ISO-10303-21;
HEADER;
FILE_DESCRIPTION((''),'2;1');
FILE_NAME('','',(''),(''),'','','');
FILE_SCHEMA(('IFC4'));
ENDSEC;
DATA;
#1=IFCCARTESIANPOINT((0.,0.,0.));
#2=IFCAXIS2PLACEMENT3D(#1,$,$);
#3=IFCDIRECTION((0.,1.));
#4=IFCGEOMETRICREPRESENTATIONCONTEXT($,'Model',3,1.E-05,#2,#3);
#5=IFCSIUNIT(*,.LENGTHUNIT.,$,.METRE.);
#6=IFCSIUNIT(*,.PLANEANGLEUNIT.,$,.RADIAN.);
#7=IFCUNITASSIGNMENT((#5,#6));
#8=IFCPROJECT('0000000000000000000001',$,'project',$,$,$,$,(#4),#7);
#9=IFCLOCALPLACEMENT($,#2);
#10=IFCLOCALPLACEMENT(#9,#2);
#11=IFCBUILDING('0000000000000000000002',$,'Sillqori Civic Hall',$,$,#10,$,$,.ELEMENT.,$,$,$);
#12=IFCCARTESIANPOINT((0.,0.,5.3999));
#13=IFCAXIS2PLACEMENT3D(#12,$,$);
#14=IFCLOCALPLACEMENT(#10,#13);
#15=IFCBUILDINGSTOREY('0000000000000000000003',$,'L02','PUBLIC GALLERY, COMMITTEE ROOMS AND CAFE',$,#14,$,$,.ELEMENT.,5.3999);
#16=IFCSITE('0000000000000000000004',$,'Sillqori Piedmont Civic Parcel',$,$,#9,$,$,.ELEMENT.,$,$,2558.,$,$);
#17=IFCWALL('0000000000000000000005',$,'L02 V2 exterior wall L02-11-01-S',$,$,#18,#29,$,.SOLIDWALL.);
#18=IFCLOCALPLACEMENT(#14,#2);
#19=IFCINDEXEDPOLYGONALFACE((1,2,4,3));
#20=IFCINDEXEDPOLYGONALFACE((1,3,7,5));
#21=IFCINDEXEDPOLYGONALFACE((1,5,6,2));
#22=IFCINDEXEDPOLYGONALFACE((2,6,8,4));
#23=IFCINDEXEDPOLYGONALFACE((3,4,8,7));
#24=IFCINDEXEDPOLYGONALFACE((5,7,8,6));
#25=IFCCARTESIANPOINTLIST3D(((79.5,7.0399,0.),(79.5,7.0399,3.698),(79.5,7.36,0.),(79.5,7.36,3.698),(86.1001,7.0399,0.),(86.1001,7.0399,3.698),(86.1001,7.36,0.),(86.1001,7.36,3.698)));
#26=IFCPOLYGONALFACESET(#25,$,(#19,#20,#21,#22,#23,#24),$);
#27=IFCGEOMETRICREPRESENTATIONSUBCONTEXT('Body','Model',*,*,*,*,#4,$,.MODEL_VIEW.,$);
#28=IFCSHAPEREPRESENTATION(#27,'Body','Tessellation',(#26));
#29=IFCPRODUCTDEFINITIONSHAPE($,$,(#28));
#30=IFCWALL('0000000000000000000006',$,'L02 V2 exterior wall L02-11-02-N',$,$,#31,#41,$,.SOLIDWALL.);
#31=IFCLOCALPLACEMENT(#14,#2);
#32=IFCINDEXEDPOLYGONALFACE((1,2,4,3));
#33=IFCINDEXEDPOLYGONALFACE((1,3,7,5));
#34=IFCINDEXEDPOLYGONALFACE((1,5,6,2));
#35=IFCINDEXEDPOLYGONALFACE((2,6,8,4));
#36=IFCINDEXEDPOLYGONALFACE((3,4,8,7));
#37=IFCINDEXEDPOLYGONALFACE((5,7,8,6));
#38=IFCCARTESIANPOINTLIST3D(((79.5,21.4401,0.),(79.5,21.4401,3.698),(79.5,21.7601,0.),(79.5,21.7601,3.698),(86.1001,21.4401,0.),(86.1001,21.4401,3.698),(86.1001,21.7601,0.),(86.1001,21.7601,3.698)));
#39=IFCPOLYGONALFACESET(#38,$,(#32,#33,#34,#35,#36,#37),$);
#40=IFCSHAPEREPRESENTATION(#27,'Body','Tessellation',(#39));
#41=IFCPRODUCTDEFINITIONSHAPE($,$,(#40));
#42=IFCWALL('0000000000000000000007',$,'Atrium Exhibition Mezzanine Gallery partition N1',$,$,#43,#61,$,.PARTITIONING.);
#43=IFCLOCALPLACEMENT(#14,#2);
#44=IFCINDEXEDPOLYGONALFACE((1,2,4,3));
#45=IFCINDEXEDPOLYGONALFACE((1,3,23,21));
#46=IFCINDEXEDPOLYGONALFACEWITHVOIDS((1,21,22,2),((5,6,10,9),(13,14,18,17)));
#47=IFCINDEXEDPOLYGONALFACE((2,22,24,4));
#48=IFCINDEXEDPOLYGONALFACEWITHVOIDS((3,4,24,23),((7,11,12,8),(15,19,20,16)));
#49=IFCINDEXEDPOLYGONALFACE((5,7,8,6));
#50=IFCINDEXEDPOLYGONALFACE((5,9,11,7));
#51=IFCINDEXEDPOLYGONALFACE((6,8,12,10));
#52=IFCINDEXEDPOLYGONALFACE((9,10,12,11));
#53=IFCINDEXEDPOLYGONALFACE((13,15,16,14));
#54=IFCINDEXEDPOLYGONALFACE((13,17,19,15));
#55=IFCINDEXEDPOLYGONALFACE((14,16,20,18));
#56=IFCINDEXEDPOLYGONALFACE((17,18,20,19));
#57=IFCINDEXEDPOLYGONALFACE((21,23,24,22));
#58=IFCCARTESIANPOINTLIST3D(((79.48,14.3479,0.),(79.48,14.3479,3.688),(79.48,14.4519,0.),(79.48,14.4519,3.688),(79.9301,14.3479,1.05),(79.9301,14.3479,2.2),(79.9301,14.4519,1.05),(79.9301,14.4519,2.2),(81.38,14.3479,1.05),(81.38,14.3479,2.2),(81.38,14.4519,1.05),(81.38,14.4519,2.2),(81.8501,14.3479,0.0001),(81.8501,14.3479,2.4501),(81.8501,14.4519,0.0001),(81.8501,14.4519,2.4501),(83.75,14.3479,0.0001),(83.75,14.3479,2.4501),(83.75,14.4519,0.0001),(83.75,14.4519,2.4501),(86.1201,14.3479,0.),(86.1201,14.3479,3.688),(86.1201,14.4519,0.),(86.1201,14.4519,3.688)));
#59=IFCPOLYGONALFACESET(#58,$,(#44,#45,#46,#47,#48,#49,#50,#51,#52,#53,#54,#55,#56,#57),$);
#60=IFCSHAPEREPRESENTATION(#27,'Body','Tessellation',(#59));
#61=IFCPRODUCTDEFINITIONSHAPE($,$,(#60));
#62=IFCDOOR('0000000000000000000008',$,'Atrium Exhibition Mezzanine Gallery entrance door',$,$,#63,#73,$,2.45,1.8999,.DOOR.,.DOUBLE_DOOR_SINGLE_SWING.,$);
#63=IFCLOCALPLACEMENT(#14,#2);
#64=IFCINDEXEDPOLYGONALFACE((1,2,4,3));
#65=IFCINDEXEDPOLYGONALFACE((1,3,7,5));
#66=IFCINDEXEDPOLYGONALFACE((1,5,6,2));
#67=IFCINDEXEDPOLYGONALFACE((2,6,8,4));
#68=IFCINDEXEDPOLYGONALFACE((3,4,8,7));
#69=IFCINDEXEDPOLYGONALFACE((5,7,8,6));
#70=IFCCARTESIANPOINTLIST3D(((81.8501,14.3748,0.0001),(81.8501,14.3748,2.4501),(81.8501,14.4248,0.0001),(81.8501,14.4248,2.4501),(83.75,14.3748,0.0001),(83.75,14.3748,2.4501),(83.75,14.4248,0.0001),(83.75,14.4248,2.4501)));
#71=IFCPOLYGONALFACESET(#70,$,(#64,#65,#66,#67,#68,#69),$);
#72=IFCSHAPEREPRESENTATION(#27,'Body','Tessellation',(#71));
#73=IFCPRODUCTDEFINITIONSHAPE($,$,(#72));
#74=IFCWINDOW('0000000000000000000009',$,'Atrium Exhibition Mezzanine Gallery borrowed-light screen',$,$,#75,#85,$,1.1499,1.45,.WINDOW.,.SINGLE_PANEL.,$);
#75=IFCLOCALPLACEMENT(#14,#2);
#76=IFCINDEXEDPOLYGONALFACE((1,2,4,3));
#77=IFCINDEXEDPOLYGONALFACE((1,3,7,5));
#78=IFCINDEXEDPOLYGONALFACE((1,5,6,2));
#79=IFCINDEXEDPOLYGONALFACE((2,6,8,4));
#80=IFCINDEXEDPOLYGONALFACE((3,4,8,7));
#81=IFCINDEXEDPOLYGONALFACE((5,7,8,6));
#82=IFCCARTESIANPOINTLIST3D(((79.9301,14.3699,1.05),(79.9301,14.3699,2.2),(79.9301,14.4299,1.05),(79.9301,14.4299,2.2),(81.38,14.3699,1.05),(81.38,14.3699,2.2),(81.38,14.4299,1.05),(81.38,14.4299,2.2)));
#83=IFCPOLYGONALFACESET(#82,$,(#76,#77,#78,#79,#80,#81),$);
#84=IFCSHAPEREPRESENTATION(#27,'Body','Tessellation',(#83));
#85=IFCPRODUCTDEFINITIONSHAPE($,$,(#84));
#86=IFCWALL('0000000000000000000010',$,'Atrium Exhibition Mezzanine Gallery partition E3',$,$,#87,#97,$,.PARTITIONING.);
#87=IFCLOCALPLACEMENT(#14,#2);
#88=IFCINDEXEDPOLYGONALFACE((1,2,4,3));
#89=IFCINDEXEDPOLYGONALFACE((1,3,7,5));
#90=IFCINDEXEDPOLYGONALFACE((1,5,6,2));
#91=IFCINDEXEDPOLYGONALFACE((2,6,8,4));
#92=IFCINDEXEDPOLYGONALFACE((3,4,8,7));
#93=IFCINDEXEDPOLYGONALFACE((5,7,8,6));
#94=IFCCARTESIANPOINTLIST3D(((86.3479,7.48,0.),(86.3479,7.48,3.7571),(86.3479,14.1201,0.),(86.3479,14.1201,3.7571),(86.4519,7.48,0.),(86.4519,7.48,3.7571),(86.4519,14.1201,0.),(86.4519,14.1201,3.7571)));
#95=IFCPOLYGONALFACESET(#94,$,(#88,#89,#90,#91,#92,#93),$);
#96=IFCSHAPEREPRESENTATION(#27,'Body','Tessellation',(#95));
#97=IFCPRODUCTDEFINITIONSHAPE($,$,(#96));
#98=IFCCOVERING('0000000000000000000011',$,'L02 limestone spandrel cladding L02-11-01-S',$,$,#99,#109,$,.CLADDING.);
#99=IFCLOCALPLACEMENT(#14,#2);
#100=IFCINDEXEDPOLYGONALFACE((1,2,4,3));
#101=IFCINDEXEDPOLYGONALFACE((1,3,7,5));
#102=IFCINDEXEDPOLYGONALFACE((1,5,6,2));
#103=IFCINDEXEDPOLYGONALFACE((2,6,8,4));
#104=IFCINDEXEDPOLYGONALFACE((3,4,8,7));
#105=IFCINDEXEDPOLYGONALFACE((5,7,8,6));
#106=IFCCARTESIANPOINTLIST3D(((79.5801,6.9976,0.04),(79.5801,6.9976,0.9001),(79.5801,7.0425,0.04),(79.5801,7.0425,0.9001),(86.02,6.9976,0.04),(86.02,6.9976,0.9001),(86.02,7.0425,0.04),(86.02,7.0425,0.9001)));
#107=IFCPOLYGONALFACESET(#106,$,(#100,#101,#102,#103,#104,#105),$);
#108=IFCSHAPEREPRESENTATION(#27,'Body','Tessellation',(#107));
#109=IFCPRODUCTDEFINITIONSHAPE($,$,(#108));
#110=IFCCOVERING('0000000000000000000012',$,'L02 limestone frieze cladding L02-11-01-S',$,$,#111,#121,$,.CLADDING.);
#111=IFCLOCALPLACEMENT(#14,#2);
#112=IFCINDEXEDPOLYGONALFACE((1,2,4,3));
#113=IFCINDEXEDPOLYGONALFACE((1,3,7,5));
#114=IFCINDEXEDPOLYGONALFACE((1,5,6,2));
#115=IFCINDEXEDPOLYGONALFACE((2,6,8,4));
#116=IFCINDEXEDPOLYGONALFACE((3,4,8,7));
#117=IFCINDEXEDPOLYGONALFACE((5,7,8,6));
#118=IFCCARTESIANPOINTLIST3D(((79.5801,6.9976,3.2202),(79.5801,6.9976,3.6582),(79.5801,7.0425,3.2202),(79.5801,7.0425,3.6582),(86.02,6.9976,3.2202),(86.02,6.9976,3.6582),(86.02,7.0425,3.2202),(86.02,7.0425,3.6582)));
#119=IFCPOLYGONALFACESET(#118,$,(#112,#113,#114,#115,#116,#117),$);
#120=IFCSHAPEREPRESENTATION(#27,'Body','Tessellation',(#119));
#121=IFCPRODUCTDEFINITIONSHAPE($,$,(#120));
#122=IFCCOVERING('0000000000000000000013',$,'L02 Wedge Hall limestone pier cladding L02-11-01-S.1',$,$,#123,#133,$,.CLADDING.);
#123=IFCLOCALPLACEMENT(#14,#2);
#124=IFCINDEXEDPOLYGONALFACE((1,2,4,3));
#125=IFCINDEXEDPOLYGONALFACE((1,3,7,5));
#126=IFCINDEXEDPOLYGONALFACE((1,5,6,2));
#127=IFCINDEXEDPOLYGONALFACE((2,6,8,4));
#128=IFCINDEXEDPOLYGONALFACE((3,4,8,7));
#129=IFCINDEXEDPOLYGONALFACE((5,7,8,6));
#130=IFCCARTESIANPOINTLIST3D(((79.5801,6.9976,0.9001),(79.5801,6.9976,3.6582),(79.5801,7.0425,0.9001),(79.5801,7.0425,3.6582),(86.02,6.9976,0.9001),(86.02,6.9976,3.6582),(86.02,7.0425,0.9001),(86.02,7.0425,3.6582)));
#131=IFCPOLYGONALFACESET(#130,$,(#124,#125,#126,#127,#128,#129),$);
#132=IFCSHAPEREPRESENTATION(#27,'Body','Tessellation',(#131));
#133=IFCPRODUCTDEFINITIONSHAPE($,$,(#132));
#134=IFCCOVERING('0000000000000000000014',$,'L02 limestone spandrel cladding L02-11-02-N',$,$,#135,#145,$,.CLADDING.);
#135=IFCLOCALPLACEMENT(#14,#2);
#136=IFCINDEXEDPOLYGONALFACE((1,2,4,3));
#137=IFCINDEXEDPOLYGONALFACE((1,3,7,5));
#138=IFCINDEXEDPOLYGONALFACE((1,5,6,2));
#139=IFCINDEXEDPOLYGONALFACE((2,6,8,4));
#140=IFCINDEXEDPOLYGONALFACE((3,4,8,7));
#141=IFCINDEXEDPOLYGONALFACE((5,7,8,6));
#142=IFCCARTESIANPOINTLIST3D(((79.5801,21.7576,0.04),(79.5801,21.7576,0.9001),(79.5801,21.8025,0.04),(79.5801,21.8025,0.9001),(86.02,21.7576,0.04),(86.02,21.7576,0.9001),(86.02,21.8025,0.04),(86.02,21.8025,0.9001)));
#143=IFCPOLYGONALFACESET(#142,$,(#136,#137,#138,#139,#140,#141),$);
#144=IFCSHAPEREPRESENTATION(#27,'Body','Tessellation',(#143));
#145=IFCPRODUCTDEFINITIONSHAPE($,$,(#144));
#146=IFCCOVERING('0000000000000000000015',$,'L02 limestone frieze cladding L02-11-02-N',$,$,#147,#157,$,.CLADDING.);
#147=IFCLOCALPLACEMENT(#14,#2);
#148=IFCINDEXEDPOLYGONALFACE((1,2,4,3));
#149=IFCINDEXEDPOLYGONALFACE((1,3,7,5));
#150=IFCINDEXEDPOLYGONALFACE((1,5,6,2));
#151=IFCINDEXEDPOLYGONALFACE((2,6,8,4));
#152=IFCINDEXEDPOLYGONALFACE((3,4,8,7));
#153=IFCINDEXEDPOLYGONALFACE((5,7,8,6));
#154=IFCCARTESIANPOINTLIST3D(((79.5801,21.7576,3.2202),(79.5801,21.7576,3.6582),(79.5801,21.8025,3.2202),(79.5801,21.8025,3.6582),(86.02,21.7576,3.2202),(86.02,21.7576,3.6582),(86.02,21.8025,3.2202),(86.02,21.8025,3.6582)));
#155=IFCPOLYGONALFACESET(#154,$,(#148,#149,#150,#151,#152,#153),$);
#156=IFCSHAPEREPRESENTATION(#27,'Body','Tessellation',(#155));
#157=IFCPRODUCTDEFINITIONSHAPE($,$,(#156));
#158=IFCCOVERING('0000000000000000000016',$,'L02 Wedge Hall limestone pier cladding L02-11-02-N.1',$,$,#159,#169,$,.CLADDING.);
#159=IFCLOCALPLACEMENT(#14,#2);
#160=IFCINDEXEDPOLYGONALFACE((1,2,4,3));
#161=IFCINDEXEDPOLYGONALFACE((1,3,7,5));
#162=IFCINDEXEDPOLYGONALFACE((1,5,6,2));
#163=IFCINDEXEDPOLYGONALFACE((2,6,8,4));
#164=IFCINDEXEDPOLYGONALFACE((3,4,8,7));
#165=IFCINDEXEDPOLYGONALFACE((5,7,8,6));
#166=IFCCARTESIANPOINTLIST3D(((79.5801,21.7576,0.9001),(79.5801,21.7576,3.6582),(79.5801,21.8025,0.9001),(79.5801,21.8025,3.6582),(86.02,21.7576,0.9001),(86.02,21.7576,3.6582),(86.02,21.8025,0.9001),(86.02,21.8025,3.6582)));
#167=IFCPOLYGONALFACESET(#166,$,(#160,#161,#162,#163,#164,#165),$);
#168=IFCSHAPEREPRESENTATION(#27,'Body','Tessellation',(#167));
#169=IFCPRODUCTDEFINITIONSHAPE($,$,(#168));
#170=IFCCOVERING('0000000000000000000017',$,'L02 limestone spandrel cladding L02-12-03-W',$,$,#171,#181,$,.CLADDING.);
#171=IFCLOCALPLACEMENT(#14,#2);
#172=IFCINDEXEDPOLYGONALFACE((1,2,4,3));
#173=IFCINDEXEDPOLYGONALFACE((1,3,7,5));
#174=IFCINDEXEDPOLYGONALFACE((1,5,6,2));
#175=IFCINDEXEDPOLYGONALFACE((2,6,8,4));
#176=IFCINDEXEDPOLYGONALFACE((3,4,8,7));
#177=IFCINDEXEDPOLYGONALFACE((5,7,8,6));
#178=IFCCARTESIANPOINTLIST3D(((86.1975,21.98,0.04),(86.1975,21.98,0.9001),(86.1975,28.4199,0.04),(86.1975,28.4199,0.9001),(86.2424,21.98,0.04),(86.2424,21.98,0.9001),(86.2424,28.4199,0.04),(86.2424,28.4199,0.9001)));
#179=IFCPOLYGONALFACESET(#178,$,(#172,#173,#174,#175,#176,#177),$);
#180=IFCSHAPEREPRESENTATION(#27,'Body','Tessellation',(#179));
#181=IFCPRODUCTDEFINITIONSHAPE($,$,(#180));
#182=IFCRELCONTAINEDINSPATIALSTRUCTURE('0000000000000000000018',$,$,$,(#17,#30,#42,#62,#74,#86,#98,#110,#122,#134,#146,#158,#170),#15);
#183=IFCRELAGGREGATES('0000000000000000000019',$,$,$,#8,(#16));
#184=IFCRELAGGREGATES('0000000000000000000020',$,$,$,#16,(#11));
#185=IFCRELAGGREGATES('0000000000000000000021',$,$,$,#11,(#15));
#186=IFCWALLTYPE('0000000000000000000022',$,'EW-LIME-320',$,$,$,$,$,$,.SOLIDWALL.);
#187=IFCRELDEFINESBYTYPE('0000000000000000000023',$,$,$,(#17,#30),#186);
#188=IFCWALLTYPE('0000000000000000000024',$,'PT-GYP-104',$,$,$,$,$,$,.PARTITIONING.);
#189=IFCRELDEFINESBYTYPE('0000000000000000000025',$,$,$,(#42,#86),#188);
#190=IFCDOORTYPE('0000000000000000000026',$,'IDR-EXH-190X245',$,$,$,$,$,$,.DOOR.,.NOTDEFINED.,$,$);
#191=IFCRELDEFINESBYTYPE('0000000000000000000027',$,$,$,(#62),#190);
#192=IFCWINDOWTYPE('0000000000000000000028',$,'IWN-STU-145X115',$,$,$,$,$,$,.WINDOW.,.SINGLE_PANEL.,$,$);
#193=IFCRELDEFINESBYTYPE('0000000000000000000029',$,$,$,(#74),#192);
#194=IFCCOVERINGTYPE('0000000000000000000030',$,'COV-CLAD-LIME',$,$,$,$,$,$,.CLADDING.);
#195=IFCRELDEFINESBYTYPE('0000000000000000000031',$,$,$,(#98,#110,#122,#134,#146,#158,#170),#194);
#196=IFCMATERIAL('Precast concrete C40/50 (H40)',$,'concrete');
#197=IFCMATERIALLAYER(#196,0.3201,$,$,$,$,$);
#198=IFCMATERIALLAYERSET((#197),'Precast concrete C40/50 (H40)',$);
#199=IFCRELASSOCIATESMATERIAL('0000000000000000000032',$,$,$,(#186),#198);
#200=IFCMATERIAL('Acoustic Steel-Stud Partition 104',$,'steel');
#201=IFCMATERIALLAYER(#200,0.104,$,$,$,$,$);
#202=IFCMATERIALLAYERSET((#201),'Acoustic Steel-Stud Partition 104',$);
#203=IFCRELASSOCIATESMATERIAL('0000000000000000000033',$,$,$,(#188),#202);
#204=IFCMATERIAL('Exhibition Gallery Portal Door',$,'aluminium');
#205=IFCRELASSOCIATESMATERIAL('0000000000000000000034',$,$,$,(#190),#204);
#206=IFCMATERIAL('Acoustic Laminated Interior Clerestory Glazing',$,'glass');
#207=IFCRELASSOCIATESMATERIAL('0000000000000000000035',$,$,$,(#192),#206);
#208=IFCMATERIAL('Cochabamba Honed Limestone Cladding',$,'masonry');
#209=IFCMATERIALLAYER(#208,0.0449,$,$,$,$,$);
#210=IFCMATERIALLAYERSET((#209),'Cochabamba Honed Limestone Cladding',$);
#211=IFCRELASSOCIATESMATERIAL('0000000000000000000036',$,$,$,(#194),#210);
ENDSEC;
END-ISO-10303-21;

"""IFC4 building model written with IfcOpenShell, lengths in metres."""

from ifc_helpers import new_model, si_unit, direction, frame, frame_2d, origin, place, context, subcontext, project, spatial, rectangle, extrude, material, layer, layer_set, type_object, element, fill, save


model = new_model("IFC4")

# Units and contexts
model_context = context("Model", 3, precision=1e-05, world=origin(), true_north=direction((0.0, 1.0)))
body_context = subcontext(model_context, "Body", "Model", "MODEL_VIEW")
ifc_project = project(units=[si_unit("LENGTHUNIT", "METRE"), si_unit("PLANEANGLEUNIT", "RADIAN")], contexts=[model_context])

# Site, building, storey
site_placement = place(None, origin())
site = spatial("IfcSite", under=ifc_project, at=site_placement, Name="Sillqori Piedmont Civic Parcel", CompositionType="ELEMENT", RefElevation=2558.0)
building_placement = place(site_placement, origin())
building = spatial("IfcBuilding", under=site, at=building_placement, Name="Sillqori Civic Hall", CompositionType="ELEMENT")
storey_placement = place(building_placement, frame((0.0, 0.0, 5.3999)))
storey = spatial("IfcBuildingStorey", under=building, at=storey_placement, Name="L02", Description="PUBLIC GALLERY, COMMITTEE ROOMS AND CAFE", CompositionType="ELEMENT", Elevation=5.3999)

# Shared definitions
ifc_material_1 = material(Name="Precast concrete C40/50 (H40)", Category="concrete")

# Walls
ifc_layer_1 = layer(ifc_material_1, 0.3201)
ifc_layer_set_1 = layer_set([ifc_layer_1], Name="Precast concrete C40/50 (H40)")
wall_type_1 = type_object("IfcWallType", Name="EW-LIME-320", PredefinedType="SOLIDWALL", material=ifc_layer_set_1)
for number, where, z_axis, x_axis, name in (
    (1, (86.1001, 7.2, 0.0), (0.0, 0.0, 1.0), (-1.0, 0.0, 0.0), "L02 V2 exterior wall L02-11-01-S"),
    (2, (79.5, 21.6001, 0.0), (0.0, 0.0, 1.0), (1.0, 0.0, 0.0), "L02 V2 exterior wall L02-11-02-N"),
):
    element("IfcWall", number, at=place(storey_placement, frame(where, z_axis=z_axis, x_axis=x_axis)), inside=storey, type_object=wall_type_1, Name=name, PredefinedType="SOLIDWALL", context=body_context, shape_type="SweptSolid", body=[
        extrude(rectangle(XDim=6.6001, YDim=0.3201, at=frame_2d((3.3, 0.0))), origin(), (0.0, 0.0, 1.0), 3.698),
    ])

# Wall, openings, door, window
ifc_material_2 = material(Name="Acoustic Steel-Stud Partition 104", Category="steel")
ifc_layer_2 = layer(ifc_material_2, 0.104)
ifc_layer_set_2 = layer_set([ifc_layer_2], Name="Acoustic Steel-Stud Partition 104")
wall_type_2 = type_object("IfcWallType", Name="PT-GYP-104", PredefinedType="PARTITIONING", material=ifc_layer_set_2)
wall_1_placement = place(storey_placement, frame((79.48, 14.3999, 0.0), z_axis=(0.0, 0.0, 1.0), x_axis=(1.0, 0.0, 0.0)))
wall_1 = element("IfcWall", 3, at=wall_1_placement, inside=storey, type_object=wall_type_2, Name="Atrium Exhibition Mezzanine Gallery partition N1", PredefinedType="PARTITIONING", context=body_context, shape_type="SweptSolid", body=[
    extrude(rectangle(XDim=6.6401, YDim=0.104, at=frame_2d((3.3201, 0.0))), origin(), (0.0, 0.0, 1.0), 3.688),
])
opening_1_placement = place(wall_1_placement, frame((2.3701, 0.0, 0.0)))
opening_1 = element("IfcOpeningElement", 4, at=opening_1_placement, cuts=wall_1, PredefinedType="OPENING", context=body_context, shape_type="SweptSolid", body=[
    extrude(rectangle(XDim=1.8999, YDim=2.45, at=frame_2d((0.95, 1.2251))), frame((0.0, 0.062, 0.0), z_axis=(0.0, -1.0, 0.0), x_axis=(1.0, 0.0, 0.0)), (0.0, 0.0, 1.0), 0.124),
])
opening_2_placement = place(wall_1_placement, frame((0.45, 0.0, 1.05)))
opening_2 = element("IfcOpeningElement", 5, at=opening_2_placement, cuts=wall_1, PredefinedType="OPENING", context=body_context, shape_type="SweptSolid", body=[
    extrude(rectangle(XDim=1.45, YDim=1.1499, at=frame_2d((0.7251, 0.575))), frame((0.0, 0.062, 0.0), z_axis=(0.0, -1.0, 0.0), x_axis=(1.0, 0.0, 0.0)), (0.0, 0.0, 1.0), 0.124),
])
ifc_material_3 = material(Name="Exhibition Gallery Portal Door", Category="aluminium")
door_type = type_object("IfcDoorType", Name="IDR-EXH-190X245", OperationType="NOTDEFINED", PredefinedType="DOOR", material=ifc_material_3)
door_placement = place(opening_1_placement, origin())
door = element("IfcDoor", 6, at=door_placement, inside=storey, type_object=door_type, Name="Atrium Exhibition Mezzanine Gallery entrance door", OperationType="DOUBLE_DOOR_SINGLE_SWING", OverallHeight=2.45, OverallWidth=1.8999, PredefinedType="DOOR", context=body_context, shape_type="SweptSolid", body=[
    extrude(rectangle(XDim=1.8999, YDim=2.45, at=frame_2d((0.95, 1.2251))), frame((0.0, 0.0249, 0.0), z_axis=(0.0, -1.0, 0.0), x_axis=(1.0, 0.0, 0.0)), (0.0, 0.0, 1.0), 0.05),
])
fill(opening_1, door)
ifc_material_4 = material(Name="Acoustic Laminated Interior Clerestory Glazing", Category="glass")
window_type = type_object("IfcWindowType", Name="IWN-STU-145X115", PartitioningType="SINGLE_PANEL", PredefinedType="WINDOW", material=ifc_material_4)
window_placement = place(opening_2_placement, origin())
window = element("IfcWindow", 7, at=window_placement, inside=storey, type_object=window_type, Name="Atrium Exhibition Mezzanine Gallery borrowed-light screen", OverallHeight=1.1499, OverallWidth=1.45, PartitioningType="SINGLE_PANEL", PredefinedType="WINDOW", context=body_context, shape_type="SweptSolid", body=[
    extrude(rectangle(XDim=1.45, YDim=1.1499, at=frame_2d((0.7251, 0.575))), frame((0.0, 0.03, 0.0), z_axis=(0.0, -1.0, 0.0), x_axis=(1.0, 0.0, 0.0)), (0.0, 0.0, 1.0), 0.0601),
])
fill(opening_2, window)

# Wall
wall_2_placement = place(storey_placement, frame((86.3999, 14.1201, 0.0), z_axis=(0.0, 0.0, 1.0), x_axis=(0.0, -1.0, 0.0)))
element("IfcWall", 8, at=wall_2_placement, inside=storey, type_object=wall_type_2, Name="Atrium Exhibition Mezzanine Gallery partition E3", PredefinedType="PARTITIONING", context=body_context, shape_type="SweptSolid", body=[
    extrude(rectangle(XDim=6.6401, YDim=0.104, at=frame_2d((3.3201, 0.0))), origin(), (0.0, 0.0, 1.0), 3.7571),
])

# Coverings
ifc_material_5 = material(Name="Cochabamba Honed Limestone Cladding", Category="masonry")
ifc_layer_3 = layer(ifc_material_5, 0.0449)
ifc_layer_set_3 = layer_set([ifc_layer_3], Name="Cochabamba Honed Limestone Cladding")
covering_type = type_object("IfcCoveringType", Name="COV-CLAD-LIME", PredefinedType="CLADDING", material=ifc_layer_set_3)
covering_1_placement = place(storey_placement, frame((86.02, 7.02, 0.04), z_axis=(0.0, 0.0, 1.0), x_axis=(-1.0, 0.0, 0.0)))
element("IfcCovering", 9, at=covering_1_placement, inside=storey, type_object=covering_type, Name="L02 limestone spandrel cladding L02-11-01-S", PredefinedType="CLADDING", context=body_context, shape_type="SweptSolid", body=[
    extrude(rectangle(XDim=6.4399, YDim=0.0449, at=frame_2d((3.22, 0.0))), origin(), (0.0, 0.0, 1.0), 0.8601),
])
covering_2_placement = place(storey_placement, frame((86.02, 7.02, 3.2202), z_axis=(0.0, 0.0, 1.0), x_axis=(-1.0, 0.0, 0.0)))
element("IfcCovering", 10, at=covering_2_placement, inside=storey, type_object=covering_type, Name="L02 limestone frieze cladding L02-11-01-S", PredefinedType="CLADDING", context=body_context, shape_type="SweptSolid", body=[
    extrude(rectangle(XDim=6.4399, YDim=0.0449, at=frame_2d((3.22, 0.0))), origin(), (0.0, 0.0, 1.0), 0.438),
])
covering_3_placement = place(storey_placement, frame((86.02, 7.02, 0.9001), z_axis=(0.0, 0.0, 1.0), x_axis=(-1.0, 0.0, 0.0)))
element("IfcCovering", 11, at=covering_3_placement, inside=storey, type_object=covering_type, Name="L02 Wedge Hall limestone pier cladding L02-11-01-S.1", PredefinedType="CLADDING", context=body_context, shape_type="SweptSolid", body=[
    extrude(rectangle(XDim=6.4399, YDim=0.0449, at=frame_2d((3.22, 0.0))), origin(), (0.0, 0.0, 1.0), 2.7581),
])
covering_4_placement = place(storey_placement, frame((79.5801, 21.78, 0.04), z_axis=(0.0, 0.0, 1.0), x_axis=(1.0, 0.0, 0.0)))
element("IfcCovering", 12, at=covering_4_placement, inside=storey, type_object=covering_type, Name="L02 limestone spandrel cladding L02-11-02-N", PredefinedType="CLADDING", context=body_context, shape_type="SweptSolid", body=[
    extrude(rectangle(XDim=6.4399, YDim=0.0449, at=frame_2d((3.22, 0.0))), origin(), (0.0, 0.0, 1.0), 0.8601),
])
covering_5_placement = place(storey_placement, frame((79.5801, 21.78, 3.2202), z_axis=(0.0, 0.0, 1.0), x_axis=(1.0, 0.0, 0.0)))
element("IfcCovering", 13, at=covering_5_placement, inside=storey, type_object=covering_type, Name="L02 limestone frieze cladding L02-11-02-N", PredefinedType="CLADDING", context=body_context, shape_type="SweptSolid", body=[
    extrude(rectangle(XDim=6.4399, YDim=0.0449, at=frame_2d((3.22, 0.0))), origin(), (0.0, 0.0, 1.0), 0.438),
])
covering_6_placement = place(storey_placement, frame((79.5801, 21.78, 0.9001), z_axis=(0.0, 0.0, 1.0), x_axis=(1.0, 0.0, 0.0)))
element("IfcCovering", 14, at=covering_6_placement, inside=storey, type_object=covering_type, Name="L02 Wedge Hall limestone pier cladding L02-11-02-N.1", PredefinedType="CLADDING", context=body_context, shape_type="SweptSolid", body=[
    extrude(rectangle(XDim=6.4399, YDim=0.0449, at=frame_2d((3.22, 0.0))), origin(), (0.0, 0.0, 1.0), 2.7581),
])
covering_7_placement = place(storey_placement, frame((86.22, 21.98, 0.04), z_axis=(0.0, 0.0, 1.0), x_axis=(0.0, 1.0, 0.0)))
element("IfcCovering", 15, at=covering_7_placement, inside=storey, type_object=covering_type, Name="L02 limestone spandrel cladding L02-12-03-W", PredefinedType="CLADDING", context=body_context, shape_type="SweptSolid", body=[
    extrude(rectangle(XDim=6.4399, YDim=0.0449, at=frame_2d((3.22, 0.0))), origin(), (0.0, 0.0, 1.0), 0.8601),
])

save(model, "model.ifc")
